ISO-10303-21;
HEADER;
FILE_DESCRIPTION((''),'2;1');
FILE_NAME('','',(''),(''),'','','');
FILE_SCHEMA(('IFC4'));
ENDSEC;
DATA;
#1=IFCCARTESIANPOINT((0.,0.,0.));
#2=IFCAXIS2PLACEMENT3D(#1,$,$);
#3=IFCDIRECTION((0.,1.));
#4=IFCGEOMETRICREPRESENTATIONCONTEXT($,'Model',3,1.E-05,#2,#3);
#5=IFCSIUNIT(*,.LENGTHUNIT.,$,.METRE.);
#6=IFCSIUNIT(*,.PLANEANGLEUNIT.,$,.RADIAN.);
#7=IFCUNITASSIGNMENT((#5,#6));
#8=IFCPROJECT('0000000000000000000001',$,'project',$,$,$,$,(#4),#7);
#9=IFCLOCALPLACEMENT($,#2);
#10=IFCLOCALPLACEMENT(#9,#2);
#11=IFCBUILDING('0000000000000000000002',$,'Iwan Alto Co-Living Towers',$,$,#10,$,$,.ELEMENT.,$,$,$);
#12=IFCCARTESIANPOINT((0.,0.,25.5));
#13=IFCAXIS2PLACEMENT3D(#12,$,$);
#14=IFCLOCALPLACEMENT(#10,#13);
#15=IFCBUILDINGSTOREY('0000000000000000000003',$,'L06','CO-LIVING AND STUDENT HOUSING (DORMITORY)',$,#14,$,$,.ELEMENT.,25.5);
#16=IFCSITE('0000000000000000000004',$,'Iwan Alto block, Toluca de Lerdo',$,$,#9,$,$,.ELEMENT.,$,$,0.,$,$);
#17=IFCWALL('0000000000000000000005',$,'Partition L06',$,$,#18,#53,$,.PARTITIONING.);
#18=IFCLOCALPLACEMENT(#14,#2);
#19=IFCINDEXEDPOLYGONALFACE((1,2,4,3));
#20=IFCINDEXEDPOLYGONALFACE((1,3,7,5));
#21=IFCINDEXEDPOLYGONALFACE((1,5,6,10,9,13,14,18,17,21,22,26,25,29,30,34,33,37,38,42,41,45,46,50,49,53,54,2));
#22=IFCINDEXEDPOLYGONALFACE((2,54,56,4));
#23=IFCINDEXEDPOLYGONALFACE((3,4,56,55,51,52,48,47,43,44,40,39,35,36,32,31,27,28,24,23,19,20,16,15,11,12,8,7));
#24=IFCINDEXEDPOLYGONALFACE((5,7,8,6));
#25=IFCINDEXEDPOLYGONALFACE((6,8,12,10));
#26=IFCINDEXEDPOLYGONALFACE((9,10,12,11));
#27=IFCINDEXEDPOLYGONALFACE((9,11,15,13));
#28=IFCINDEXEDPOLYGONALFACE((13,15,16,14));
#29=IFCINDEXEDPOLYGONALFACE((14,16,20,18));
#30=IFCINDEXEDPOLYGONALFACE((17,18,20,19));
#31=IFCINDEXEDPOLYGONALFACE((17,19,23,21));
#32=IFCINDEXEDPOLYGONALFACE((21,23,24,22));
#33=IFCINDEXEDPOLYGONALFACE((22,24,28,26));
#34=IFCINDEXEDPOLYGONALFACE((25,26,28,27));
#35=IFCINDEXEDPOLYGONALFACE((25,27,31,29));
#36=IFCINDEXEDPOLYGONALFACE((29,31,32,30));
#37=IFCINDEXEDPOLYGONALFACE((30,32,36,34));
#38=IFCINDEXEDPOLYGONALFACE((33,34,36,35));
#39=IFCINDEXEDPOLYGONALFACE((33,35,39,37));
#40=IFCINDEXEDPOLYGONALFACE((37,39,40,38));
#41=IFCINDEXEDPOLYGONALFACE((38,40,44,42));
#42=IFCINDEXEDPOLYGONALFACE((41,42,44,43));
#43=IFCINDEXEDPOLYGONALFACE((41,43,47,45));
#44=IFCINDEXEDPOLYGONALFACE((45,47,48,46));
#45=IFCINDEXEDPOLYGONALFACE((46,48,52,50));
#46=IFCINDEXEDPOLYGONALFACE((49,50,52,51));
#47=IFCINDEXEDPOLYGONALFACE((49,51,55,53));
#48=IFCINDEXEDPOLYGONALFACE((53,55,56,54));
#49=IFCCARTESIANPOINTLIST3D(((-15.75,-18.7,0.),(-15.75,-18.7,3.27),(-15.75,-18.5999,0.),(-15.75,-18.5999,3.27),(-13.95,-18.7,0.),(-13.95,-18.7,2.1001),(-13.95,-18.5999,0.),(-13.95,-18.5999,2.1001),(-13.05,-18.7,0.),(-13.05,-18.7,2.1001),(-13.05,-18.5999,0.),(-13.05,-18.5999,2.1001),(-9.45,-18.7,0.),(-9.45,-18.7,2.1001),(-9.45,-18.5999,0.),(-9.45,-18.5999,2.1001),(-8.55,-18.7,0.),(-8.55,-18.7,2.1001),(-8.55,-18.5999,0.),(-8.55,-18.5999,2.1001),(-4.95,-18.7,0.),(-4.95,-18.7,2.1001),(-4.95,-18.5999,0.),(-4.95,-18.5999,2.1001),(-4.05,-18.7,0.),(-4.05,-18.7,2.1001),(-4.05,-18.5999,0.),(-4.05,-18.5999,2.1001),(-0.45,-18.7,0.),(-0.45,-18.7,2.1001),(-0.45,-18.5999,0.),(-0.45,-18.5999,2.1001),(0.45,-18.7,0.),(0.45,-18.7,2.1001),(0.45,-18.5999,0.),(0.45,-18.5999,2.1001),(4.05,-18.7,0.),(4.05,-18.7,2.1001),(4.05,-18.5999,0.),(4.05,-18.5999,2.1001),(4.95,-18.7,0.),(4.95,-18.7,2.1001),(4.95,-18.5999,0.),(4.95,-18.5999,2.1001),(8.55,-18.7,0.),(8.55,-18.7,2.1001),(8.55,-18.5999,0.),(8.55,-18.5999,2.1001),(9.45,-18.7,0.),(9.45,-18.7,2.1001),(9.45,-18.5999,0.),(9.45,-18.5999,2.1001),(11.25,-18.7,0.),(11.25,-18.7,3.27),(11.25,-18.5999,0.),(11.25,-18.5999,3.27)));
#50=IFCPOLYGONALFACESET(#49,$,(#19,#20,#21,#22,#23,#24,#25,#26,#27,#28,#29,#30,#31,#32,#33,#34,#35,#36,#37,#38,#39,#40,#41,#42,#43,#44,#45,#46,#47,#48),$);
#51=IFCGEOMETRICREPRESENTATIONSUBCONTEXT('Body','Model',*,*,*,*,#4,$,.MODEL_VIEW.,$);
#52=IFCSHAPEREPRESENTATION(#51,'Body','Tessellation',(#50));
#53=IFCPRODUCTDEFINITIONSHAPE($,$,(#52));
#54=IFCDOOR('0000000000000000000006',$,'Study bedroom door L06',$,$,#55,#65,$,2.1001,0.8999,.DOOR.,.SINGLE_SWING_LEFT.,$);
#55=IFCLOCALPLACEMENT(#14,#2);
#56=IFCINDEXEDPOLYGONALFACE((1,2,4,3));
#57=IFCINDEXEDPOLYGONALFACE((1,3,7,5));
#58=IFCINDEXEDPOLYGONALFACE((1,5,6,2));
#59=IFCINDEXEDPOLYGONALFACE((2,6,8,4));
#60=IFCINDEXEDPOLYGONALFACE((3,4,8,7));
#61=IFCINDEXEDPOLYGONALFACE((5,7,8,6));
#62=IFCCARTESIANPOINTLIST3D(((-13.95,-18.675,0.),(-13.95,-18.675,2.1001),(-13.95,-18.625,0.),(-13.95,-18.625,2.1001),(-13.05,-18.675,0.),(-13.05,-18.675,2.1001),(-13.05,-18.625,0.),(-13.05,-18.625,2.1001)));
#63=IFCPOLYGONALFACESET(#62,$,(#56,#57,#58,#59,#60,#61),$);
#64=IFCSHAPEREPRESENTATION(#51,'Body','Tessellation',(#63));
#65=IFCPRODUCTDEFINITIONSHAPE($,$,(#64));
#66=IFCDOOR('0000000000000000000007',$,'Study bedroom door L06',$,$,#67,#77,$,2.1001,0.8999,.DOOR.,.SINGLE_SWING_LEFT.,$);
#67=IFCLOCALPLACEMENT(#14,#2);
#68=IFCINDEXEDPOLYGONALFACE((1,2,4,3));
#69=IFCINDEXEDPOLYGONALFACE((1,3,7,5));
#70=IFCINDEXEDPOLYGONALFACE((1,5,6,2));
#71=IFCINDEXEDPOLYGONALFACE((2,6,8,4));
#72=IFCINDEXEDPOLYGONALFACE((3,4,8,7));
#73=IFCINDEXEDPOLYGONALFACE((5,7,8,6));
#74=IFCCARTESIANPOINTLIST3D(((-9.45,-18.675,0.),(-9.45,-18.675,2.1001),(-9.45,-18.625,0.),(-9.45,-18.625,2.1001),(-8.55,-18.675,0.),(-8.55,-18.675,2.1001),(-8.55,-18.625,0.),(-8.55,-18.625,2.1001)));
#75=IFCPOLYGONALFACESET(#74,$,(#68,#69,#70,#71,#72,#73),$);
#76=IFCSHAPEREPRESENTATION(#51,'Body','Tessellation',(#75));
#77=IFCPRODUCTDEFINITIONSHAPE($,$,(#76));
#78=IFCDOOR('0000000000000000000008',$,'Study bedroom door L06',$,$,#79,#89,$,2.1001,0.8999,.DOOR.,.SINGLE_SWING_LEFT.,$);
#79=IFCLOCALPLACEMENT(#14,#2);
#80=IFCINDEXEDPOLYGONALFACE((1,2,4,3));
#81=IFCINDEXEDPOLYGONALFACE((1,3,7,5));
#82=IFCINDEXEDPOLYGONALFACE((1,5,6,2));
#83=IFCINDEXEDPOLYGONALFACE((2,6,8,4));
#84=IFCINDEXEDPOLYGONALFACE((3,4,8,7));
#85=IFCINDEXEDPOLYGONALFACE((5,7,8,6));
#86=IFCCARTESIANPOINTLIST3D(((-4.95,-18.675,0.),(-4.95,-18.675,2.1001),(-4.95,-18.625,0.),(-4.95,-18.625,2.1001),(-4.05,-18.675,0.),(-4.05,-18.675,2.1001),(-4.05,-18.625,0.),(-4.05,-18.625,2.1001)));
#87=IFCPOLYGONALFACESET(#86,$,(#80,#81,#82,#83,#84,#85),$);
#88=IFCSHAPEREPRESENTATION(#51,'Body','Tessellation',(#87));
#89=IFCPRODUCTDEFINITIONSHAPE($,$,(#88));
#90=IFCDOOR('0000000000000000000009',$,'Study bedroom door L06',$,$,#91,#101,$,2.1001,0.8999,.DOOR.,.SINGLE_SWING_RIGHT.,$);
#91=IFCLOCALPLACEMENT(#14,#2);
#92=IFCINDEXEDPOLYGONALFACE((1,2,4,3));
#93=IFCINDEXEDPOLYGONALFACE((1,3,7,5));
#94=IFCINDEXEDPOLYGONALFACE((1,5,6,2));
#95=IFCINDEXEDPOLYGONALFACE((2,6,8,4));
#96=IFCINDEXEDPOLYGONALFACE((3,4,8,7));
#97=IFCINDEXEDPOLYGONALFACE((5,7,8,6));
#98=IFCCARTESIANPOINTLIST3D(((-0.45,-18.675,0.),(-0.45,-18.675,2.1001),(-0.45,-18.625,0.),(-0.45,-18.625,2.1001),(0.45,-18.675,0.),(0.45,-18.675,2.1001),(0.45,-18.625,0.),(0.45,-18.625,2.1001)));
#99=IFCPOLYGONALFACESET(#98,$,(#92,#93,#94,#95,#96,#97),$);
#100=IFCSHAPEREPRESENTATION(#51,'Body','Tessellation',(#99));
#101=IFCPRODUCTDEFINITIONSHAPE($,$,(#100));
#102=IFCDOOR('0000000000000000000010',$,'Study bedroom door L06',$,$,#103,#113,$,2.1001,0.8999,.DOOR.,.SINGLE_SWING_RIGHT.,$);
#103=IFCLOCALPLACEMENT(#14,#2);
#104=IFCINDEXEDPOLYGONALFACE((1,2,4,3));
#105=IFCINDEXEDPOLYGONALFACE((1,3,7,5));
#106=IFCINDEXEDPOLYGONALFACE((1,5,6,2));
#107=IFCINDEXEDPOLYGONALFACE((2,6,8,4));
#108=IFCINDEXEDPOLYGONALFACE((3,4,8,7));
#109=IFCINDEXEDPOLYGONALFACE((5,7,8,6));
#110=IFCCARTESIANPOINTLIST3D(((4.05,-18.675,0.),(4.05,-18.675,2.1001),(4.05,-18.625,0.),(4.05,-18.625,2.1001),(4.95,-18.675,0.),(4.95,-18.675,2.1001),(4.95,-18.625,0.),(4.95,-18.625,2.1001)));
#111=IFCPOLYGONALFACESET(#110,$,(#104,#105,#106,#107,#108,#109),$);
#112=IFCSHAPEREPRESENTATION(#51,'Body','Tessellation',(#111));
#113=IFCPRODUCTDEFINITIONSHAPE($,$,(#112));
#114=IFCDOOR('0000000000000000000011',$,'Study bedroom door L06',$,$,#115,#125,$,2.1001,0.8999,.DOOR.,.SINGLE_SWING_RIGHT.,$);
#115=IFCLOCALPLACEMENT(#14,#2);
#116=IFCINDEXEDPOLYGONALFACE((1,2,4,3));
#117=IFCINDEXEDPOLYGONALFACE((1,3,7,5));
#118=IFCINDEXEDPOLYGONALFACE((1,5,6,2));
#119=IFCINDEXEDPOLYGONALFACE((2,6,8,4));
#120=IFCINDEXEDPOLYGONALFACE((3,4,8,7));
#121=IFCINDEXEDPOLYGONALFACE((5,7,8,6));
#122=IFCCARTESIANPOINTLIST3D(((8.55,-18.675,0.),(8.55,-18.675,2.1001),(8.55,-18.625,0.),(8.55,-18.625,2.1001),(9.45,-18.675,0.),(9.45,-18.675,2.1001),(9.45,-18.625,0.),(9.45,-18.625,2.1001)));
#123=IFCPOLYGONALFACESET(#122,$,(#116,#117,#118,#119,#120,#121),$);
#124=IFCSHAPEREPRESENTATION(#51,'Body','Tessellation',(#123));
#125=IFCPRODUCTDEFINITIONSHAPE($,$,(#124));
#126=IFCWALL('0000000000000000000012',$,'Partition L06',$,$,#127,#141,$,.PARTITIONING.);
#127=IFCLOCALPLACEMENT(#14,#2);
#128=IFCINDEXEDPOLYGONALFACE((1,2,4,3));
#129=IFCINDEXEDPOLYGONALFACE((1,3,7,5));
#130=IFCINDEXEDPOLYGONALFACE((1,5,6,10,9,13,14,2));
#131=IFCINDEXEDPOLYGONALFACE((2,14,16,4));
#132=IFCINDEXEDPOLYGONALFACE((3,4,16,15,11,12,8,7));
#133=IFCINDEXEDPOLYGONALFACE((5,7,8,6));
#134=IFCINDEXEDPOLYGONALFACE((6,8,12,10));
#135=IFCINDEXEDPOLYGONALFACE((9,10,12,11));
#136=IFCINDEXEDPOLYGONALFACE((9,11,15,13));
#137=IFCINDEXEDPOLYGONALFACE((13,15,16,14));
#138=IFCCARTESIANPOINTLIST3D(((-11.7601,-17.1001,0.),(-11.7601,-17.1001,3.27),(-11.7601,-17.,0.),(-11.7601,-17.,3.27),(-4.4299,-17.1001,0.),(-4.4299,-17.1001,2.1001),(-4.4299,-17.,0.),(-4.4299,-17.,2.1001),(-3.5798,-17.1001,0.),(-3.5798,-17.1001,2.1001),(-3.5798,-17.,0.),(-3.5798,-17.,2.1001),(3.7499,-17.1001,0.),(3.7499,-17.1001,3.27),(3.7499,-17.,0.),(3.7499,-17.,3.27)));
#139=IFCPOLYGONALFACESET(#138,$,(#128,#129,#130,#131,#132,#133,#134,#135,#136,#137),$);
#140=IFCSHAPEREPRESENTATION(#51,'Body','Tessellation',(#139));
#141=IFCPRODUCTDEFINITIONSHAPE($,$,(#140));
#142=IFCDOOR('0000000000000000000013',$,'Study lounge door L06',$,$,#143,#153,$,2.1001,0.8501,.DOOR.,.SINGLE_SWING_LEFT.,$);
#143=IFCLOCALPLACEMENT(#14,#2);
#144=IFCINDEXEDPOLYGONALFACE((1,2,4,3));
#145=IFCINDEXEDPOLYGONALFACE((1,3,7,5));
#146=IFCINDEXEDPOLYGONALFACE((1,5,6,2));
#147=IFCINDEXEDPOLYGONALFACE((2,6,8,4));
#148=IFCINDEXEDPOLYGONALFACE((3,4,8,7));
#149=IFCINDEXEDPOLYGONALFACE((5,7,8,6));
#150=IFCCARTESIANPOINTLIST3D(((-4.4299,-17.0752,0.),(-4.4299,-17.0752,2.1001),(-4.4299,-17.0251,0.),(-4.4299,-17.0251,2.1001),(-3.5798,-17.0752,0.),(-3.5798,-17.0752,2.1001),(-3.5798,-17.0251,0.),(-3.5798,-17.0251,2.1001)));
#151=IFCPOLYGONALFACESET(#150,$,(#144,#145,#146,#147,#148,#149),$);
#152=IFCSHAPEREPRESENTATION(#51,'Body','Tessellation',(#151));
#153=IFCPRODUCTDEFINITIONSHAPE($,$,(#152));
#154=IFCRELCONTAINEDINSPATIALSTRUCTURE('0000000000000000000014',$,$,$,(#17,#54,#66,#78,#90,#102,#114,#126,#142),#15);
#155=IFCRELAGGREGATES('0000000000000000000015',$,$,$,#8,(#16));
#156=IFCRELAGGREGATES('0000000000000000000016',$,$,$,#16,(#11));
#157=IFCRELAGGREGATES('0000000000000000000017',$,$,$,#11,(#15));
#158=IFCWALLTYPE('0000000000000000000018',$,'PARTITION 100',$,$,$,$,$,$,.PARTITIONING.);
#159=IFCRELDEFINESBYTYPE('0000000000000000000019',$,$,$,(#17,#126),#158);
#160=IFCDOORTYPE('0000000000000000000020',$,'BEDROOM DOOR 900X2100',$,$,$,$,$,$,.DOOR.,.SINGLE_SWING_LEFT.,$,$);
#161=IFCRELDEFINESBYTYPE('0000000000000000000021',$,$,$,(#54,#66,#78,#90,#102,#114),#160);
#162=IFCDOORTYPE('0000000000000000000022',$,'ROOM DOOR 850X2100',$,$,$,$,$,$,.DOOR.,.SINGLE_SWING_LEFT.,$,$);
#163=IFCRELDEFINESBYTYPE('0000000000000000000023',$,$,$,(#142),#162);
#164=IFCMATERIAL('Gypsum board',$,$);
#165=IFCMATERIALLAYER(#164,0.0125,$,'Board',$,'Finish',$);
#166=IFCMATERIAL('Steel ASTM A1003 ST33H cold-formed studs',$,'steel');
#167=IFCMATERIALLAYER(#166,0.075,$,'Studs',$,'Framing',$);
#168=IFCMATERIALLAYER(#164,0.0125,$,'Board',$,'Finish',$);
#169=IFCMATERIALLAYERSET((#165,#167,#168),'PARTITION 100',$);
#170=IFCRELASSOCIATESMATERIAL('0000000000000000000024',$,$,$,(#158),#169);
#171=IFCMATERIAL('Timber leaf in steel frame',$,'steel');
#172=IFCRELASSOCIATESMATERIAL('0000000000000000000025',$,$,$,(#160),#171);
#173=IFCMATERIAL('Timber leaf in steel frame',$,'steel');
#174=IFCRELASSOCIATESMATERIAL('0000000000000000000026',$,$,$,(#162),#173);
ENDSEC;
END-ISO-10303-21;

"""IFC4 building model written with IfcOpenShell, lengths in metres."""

from ifc_helpers import new_model, si_unit, direction, frame, frame_2d, origin, place, context, subcontext, project, spatial, rectangle, extrude, material, layer, layer_set, type_object, element, fill, save


model = new_model("IFC4")

# Units and contexts
model_context = context("Model", 3, precision=1e-05, world=origin(), true_north=direction((0.0, 1.0)))
body_context = subcontext(model_context, "Body", "Model", "MODEL_VIEW")
ifc_project = project(units=[si_unit("LENGTHUNIT", "METRE"), si_unit("PLANEANGLEUNIT", "RADIAN")], contexts=[model_context])

# Site, building, storey
site_placement = place(None, origin())
site = spatial("IfcSite", under=ifc_project, at=site_placement, Name="Iwan Alto block, Toluca de Lerdo", CompositionType="ELEMENT", RefElevation=0.0)
building_placement = place(site_placement, origin())
building = spatial("IfcBuilding", under=site, at=building_placement, Name="Iwan Alto Co-Living Towers", CompositionType="ELEMENT")
storey_placement = place(building_placement, frame((0.0, 0.0, 25.5)))
storey = spatial("IfcBuildingStorey", under=building, at=storey_placement, Name="L06", Description="CO-LIVING AND STUDENT HOUSING (DORMITORY)", CompositionType="ELEMENT", Elevation=25.5)

# Wall, openings, doors
ifc_material_1 = material(Name="Gypsum board")
ifc_layer_1 = layer(ifc_material_1, 0.0125, Name="Board", Category="Finish")
ifc_material_2 = material(Name="Steel ASTM A1003 ST33H cold-formed studs", Category="steel")
ifc_layer_2 = layer(ifc_material_2, 0.075, Name="Studs", Category="Framing")
ifc_layer_3 = layer(ifc_material_1, 0.0125, Name="Board", Category="Finish")
ifc_layer_set_1 = layer_set([ifc_layer_1, ifc_layer_2, ifc_layer_3], Name="PARTITION 100")
wall_type = type_object("IfcWallType", Name="PARTITION 100", PredefinedType="PARTITIONING", material=ifc_layer_set_1)
wall_1_placement = place(storey_placement, frame((-15.75, -18.6499, 0.0), z_axis=(0.0, 0.0, 1.0), x_axis=(1.0, 0.0, 0.0)))
wall_1 = element("IfcWall", 1, at=wall_1_placement, inside=storey, type_object=wall_type, Name="Partition L06", PredefinedType="PARTITIONING", context=body_context, shape_type="SweptSolid", body=[
    extrude(rectangle(XDim=27.0, YDim=0.1001, at=frame_2d((13.5, 0.0))), origin(), (0.0, 0.0, 1.0), 3.27),
])
opening_1_placement = place(wall_1_placement, frame((1.8, 0.0, 0.0)))
opening_1 = element("IfcOpeningElement", 2, at=opening_1_placement, cuts=wall_1, PredefinedType="OPENING", context=body_context, shape_type="SweptSolid", body=[
    extrude(rectangle(XDim=0.8999, YDim=2.1001, at=frame_2d((0.45, 1.05))), frame((0.0, 0.0601, 0.0), z_axis=(0.0, -1.0, 0.0), x_axis=(1.0, 0.0, 0.0)), (0.0, 0.0, 1.0), 0.1201),
])
opening_2_placement = place(wall_1_placement, frame((6.3, 0.0, 0.0)))
opening_2 = element("IfcOpeningElement", 3, at=opening_2_placement, cuts=wall_1, PredefinedType="OPENING", context=body_context, shape_type="SweptSolid", body=[
    extrude(rectangle(XDim=0.8999, YDim=2.1001, at=frame_2d((0.45, 1.05))), frame((0.0, 0.0601, 0.0), z_axis=(0.0, -1.0, 0.0), x_axis=(1.0, 0.0, 0.0)), (0.0, 0.0, 1.0), 0.1201),
])
opening_3_placement = place(wall_1_placement, frame((10.8, 0.0, 0.0)))
opening_3 = element("IfcOpeningElement", 4, at=opening_3_placement, cuts=wall_1, PredefinedType="OPENING", context=body_context, shape_type="SweptSolid", body=[
    extrude(rectangle(XDim=0.8999, YDim=2.1001, at=frame_2d((0.45, 1.05))), frame((0.0, 0.0601, 0.0), z_axis=(0.0, -1.0, 0.0), x_axis=(1.0, 0.0, 0.0)), (0.0, 0.0, 1.0), 0.1201),
])
opening_4_placement = place(wall_1_placement, frame((15.3, 0.0, 0.0)))
opening_4 = element("IfcOpeningElement", 5, at=opening_4_placement, cuts=wall_1, PredefinedType="OPENING", context=body_context, shape_type="SweptSolid", body=[
    extrude(rectangle(XDim=0.8999, YDim=2.1001, at=frame_2d((0.45, 1.05))), frame((0.0, 0.0601, 0.0), z_axis=(0.0, -1.0, 0.0), x_axis=(1.0, 0.0, 0.0)), (0.0, 0.0, 1.0), 0.1201),
])
opening_5_placement = place(wall_1_placement, frame((19.8, 0.0, 0.0)))
opening_5 = element("IfcOpeningElement", 6, at=opening_5_placement, cuts=wall_1, PredefinedType="OPENING", context=body_context, shape_type="SweptSolid", body=[
    extrude(rectangle(XDim=0.8999, YDim=2.1001, at=frame_2d((0.45, 1.05))), frame((0.0, 0.0601, 0.0), z_axis=(0.0, -1.0, 0.0), x_axis=(1.0, 0.0, 0.0)), (0.0, 0.0, 1.0), 0.1201),
])
opening_6_placement = place(wall_1_placement, frame((24.3, 0.0, 0.0)))
opening_6 = element("IfcOpeningElement", 7, at=opening_6_placement, cuts=wall_1, PredefinedType="OPENING", context=body_context, shape_type="SweptSolid", body=[
    extrude(rectangle(XDim=0.8999, YDim=2.1001, at=frame_2d((0.45, 1.05))), frame((0.0, 0.0601, 0.0), z_axis=(0.0, -1.0, 0.0), x_axis=(1.0, 0.0, 0.0)), (0.0, 0.0, 1.0), 0.1201),
])
ifc_material_3 = material(Name="Timber leaf in steel frame", Category="steel")
door_type_1 = type_object("IfcDoorType", Name="BEDROOM DOOR 900X2100", OperationType="SINGLE_SWING_LEFT", PredefinedType="DOOR", material=ifc_material_3)
door_1_placement = place(opening_1_placement, origin())
door_1 = element("IfcDoor", 8, at=door_1_placement, inside=storey, type_object=door_type_1, Name="Study bedroom door L06", OperationType="SINGLE_SWING_LEFT", OverallHeight=2.1001, OverallWidth=0.8999, PredefinedType="DOOR", context=body_context, shape_type="SweptSolid", body=[
    extrude(rectangle(XDim=0.8999, YDim=2.1001, at=frame_2d((0.45, 1.05))), frame((0.0, 0.0249, 0.0), z_axis=(0.0, -1.0, 0.0), x_axis=(1.0, 0.0, 0.0)), (0.0, 0.0, 1.0), 0.05),
])
fill(opening_1, door_1)
door_2_placement = place(opening_2_placement, origin())
door_2 = element("IfcDoor", 9, at=door_2_placement, inside=storey, type_object=door_type_1, Name="Study bedroom door L06", OperationType="SINGLE_SWING_LEFT", OverallHeight=2.1001, OverallWidth=0.8999, PredefinedType="DOOR", context=body_context, shape_type="SweptSolid", body=[
    extrude(rectangle(XDim=0.8999, YDim=2.1001, at=frame_2d((0.45, 1.05))), frame((0.0, 0.0249, 0.0), z_axis=(0.0, -1.0, 0.0), x_axis=(1.0, 0.0, 0.0)), (0.0, 0.0, 1.0), 0.05),
])
fill(opening_2, door_2)
door_3_placement = place(opening_3_placement, origin())
door_3 = element("IfcDoor", 10, at=door_3_placement, inside=storey, type_object=door_type_1, Name="Study bedroom door L06", OperationType="SINGLE_SWING_LEFT", OverallHeight=2.1001, OverallWidth=0.8999, PredefinedType="DOOR", context=body_context, shape_type="SweptSolid", body=[
    extrude(rectangle(XDim=0.8999, YDim=2.1001, at=frame_2d((0.45, 1.05))), frame((0.0, 0.0249, 0.0), z_axis=(0.0, -1.0, 0.0), x_axis=(1.0, 0.0, 0.0)), (0.0, 0.0, 1.0), 0.05),
])
fill(opening_3, door_3)
door_4_placement = place(opening_4_placement, origin())
door_4 = element("IfcDoor", 11, at=door_4_placement, inside=storey, type_object=door_type_1, Name="Study bedroom door L06", OperationType="SINGLE_SWING_RIGHT", OverallHeight=2.1001, OverallWidth=0.8999, PredefinedType="DOOR", context=body_context, shape_type="SweptSolid", body=[
    extrude(rectangle(XDim=0.8999, YDim=2.1001, at=frame_2d((0.45, 1.05))), frame((0.0, 0.0249, 0.0), z_axis=(0.0, -1.0, 0.0), x_axis=(1.0, 0.0, 0.0)), (0.0, 0.0, 1.0), 0.05),
])
fill(opening_4, door_4)
door_5_placement = place(opening_5_placement, origin())
door_5 = element("IfcDoor", 12, at=door_5_placement, inside=storey, type_object=door_type_1, Name="Study bedroom door L06", OperationType="SINGLE_SWING_RIGHT", OverallHeight=2.1001, OverallWidth=0.8999, PredefinedType="DOOR", context=body_context, shape_type="SweptSolid", body=[
    extrude(rectangle(XDim=0.8999, YDim=2.1001, at=frame_2d((0.45, 1.05))), frame((0.0, 0.0249, 0.0), z_axis=(0.0, -1.0, 0.0), x_axis=(1.0, 0.0, 0.0)), (0.0, 0.0, 1.0), 0.05),
])
fill(opening_5, door_5)
door_6_placement = place(opening_6_placement, origin())
door_6 = element("IfcDoor", 13, at=door_6_placement, inside=storey, type_object=door_type_1, Name="Study bedroom door L06", OperationType="SINGLE_SWING_RIGHT", OverallHeight=2.1001, OverallWidth=0.8999, PredefinedType="DOOR", context=body_context, shape_type="SweptSolid", body=[
    extrude(rectangle(XDim=0.8999, YDim=2.1001, at=frame_2d((0.45, 1.05))), frame((0.0, 0.0249, 0.0), z_axis=(0.0, -1.0, 0.0), x_axis=(1.0, 0.0, 0.0)), (0.0, 0.0, 1.0), 0.05),
])
fill(opening_6, door_6)

# Wall, opening, door
wall_2_placement = place(storey_placement, frame((-11.76, -17.05, 0.0), z_axis=(0.0, 0.0, 1.0), x_axis=(1.0, 0.0, 0.0)))
wall_2 = element("IfcWall", 14, at=wall_2_placement, inside=storey, type_object=wall_type, Name="Partition L06", PredefinedType="PARTITIONING", context=body_context, shape_type="SweptSolid", body=[
    extrude(rectangle(XDim=15.51, YDim=0.1001, at=frame_2d((7.7549, 0.0))), origin(), (0.0, 0.0, 1.0), 3.27),
])
opening_7_placement = place(wall_2_placement, frame((7.3301, 0.0, 0.0)))
opening_7 = element("IfcOpeningElement", 15, at=opening_7_placement, cuts=wall_2, PredefinedType="OPENING", context=body_context, shape_type="SweptSolid", body=[
    extrude(rectangle(XDim=0.8501, YDim=2.1001, at=frame_2d((0.425, 1.05))), frame((0.0, 0.0601, 0.0), z_axis=(0.0, -1.0, 0.0), x_axis=(1.0, 0.0, 0.0)), (0.0, 0.0, 1.0), 0.1201),
])
ifc_material_4 = material(Name="Timber leaf in steel frame", Category="steel")
door_type_2 = type_object("IfcDoorType", Name="ROOM DOOR 850X2100", OperationType="SINGLE_SWING_LEFT", PredefinedType="DOOR", material=ifc_material_4)
door_7_placement = place(opening_7_placement, origin())
door_7 = element("IfcDoor", 16, at=door_7_placement, inside=storey, type_object=door_type_2, Name="Study lounge door L06", OperationType="SINGLE_SWING_LEFT", OverallHeight=2.1001, OverallWidth=0.8501, PredefinedType="DOOR", context=body_context, shape_type="SweptSolid", body=[
    extrude(rectangle(XDim=0.8501, YDim=2.1001, at=frame_2d((0.425, 1.05))), frame((0.0, 0.0249, 0.0), z_axis=(0.0, -1.0, 0.0), x_axis=(1.0, 0.0, 0.0)), (0.0, 0.0, 1.0), 0.05),
])
fill(opening_7, door_7)

save(model, "model.ifc")
